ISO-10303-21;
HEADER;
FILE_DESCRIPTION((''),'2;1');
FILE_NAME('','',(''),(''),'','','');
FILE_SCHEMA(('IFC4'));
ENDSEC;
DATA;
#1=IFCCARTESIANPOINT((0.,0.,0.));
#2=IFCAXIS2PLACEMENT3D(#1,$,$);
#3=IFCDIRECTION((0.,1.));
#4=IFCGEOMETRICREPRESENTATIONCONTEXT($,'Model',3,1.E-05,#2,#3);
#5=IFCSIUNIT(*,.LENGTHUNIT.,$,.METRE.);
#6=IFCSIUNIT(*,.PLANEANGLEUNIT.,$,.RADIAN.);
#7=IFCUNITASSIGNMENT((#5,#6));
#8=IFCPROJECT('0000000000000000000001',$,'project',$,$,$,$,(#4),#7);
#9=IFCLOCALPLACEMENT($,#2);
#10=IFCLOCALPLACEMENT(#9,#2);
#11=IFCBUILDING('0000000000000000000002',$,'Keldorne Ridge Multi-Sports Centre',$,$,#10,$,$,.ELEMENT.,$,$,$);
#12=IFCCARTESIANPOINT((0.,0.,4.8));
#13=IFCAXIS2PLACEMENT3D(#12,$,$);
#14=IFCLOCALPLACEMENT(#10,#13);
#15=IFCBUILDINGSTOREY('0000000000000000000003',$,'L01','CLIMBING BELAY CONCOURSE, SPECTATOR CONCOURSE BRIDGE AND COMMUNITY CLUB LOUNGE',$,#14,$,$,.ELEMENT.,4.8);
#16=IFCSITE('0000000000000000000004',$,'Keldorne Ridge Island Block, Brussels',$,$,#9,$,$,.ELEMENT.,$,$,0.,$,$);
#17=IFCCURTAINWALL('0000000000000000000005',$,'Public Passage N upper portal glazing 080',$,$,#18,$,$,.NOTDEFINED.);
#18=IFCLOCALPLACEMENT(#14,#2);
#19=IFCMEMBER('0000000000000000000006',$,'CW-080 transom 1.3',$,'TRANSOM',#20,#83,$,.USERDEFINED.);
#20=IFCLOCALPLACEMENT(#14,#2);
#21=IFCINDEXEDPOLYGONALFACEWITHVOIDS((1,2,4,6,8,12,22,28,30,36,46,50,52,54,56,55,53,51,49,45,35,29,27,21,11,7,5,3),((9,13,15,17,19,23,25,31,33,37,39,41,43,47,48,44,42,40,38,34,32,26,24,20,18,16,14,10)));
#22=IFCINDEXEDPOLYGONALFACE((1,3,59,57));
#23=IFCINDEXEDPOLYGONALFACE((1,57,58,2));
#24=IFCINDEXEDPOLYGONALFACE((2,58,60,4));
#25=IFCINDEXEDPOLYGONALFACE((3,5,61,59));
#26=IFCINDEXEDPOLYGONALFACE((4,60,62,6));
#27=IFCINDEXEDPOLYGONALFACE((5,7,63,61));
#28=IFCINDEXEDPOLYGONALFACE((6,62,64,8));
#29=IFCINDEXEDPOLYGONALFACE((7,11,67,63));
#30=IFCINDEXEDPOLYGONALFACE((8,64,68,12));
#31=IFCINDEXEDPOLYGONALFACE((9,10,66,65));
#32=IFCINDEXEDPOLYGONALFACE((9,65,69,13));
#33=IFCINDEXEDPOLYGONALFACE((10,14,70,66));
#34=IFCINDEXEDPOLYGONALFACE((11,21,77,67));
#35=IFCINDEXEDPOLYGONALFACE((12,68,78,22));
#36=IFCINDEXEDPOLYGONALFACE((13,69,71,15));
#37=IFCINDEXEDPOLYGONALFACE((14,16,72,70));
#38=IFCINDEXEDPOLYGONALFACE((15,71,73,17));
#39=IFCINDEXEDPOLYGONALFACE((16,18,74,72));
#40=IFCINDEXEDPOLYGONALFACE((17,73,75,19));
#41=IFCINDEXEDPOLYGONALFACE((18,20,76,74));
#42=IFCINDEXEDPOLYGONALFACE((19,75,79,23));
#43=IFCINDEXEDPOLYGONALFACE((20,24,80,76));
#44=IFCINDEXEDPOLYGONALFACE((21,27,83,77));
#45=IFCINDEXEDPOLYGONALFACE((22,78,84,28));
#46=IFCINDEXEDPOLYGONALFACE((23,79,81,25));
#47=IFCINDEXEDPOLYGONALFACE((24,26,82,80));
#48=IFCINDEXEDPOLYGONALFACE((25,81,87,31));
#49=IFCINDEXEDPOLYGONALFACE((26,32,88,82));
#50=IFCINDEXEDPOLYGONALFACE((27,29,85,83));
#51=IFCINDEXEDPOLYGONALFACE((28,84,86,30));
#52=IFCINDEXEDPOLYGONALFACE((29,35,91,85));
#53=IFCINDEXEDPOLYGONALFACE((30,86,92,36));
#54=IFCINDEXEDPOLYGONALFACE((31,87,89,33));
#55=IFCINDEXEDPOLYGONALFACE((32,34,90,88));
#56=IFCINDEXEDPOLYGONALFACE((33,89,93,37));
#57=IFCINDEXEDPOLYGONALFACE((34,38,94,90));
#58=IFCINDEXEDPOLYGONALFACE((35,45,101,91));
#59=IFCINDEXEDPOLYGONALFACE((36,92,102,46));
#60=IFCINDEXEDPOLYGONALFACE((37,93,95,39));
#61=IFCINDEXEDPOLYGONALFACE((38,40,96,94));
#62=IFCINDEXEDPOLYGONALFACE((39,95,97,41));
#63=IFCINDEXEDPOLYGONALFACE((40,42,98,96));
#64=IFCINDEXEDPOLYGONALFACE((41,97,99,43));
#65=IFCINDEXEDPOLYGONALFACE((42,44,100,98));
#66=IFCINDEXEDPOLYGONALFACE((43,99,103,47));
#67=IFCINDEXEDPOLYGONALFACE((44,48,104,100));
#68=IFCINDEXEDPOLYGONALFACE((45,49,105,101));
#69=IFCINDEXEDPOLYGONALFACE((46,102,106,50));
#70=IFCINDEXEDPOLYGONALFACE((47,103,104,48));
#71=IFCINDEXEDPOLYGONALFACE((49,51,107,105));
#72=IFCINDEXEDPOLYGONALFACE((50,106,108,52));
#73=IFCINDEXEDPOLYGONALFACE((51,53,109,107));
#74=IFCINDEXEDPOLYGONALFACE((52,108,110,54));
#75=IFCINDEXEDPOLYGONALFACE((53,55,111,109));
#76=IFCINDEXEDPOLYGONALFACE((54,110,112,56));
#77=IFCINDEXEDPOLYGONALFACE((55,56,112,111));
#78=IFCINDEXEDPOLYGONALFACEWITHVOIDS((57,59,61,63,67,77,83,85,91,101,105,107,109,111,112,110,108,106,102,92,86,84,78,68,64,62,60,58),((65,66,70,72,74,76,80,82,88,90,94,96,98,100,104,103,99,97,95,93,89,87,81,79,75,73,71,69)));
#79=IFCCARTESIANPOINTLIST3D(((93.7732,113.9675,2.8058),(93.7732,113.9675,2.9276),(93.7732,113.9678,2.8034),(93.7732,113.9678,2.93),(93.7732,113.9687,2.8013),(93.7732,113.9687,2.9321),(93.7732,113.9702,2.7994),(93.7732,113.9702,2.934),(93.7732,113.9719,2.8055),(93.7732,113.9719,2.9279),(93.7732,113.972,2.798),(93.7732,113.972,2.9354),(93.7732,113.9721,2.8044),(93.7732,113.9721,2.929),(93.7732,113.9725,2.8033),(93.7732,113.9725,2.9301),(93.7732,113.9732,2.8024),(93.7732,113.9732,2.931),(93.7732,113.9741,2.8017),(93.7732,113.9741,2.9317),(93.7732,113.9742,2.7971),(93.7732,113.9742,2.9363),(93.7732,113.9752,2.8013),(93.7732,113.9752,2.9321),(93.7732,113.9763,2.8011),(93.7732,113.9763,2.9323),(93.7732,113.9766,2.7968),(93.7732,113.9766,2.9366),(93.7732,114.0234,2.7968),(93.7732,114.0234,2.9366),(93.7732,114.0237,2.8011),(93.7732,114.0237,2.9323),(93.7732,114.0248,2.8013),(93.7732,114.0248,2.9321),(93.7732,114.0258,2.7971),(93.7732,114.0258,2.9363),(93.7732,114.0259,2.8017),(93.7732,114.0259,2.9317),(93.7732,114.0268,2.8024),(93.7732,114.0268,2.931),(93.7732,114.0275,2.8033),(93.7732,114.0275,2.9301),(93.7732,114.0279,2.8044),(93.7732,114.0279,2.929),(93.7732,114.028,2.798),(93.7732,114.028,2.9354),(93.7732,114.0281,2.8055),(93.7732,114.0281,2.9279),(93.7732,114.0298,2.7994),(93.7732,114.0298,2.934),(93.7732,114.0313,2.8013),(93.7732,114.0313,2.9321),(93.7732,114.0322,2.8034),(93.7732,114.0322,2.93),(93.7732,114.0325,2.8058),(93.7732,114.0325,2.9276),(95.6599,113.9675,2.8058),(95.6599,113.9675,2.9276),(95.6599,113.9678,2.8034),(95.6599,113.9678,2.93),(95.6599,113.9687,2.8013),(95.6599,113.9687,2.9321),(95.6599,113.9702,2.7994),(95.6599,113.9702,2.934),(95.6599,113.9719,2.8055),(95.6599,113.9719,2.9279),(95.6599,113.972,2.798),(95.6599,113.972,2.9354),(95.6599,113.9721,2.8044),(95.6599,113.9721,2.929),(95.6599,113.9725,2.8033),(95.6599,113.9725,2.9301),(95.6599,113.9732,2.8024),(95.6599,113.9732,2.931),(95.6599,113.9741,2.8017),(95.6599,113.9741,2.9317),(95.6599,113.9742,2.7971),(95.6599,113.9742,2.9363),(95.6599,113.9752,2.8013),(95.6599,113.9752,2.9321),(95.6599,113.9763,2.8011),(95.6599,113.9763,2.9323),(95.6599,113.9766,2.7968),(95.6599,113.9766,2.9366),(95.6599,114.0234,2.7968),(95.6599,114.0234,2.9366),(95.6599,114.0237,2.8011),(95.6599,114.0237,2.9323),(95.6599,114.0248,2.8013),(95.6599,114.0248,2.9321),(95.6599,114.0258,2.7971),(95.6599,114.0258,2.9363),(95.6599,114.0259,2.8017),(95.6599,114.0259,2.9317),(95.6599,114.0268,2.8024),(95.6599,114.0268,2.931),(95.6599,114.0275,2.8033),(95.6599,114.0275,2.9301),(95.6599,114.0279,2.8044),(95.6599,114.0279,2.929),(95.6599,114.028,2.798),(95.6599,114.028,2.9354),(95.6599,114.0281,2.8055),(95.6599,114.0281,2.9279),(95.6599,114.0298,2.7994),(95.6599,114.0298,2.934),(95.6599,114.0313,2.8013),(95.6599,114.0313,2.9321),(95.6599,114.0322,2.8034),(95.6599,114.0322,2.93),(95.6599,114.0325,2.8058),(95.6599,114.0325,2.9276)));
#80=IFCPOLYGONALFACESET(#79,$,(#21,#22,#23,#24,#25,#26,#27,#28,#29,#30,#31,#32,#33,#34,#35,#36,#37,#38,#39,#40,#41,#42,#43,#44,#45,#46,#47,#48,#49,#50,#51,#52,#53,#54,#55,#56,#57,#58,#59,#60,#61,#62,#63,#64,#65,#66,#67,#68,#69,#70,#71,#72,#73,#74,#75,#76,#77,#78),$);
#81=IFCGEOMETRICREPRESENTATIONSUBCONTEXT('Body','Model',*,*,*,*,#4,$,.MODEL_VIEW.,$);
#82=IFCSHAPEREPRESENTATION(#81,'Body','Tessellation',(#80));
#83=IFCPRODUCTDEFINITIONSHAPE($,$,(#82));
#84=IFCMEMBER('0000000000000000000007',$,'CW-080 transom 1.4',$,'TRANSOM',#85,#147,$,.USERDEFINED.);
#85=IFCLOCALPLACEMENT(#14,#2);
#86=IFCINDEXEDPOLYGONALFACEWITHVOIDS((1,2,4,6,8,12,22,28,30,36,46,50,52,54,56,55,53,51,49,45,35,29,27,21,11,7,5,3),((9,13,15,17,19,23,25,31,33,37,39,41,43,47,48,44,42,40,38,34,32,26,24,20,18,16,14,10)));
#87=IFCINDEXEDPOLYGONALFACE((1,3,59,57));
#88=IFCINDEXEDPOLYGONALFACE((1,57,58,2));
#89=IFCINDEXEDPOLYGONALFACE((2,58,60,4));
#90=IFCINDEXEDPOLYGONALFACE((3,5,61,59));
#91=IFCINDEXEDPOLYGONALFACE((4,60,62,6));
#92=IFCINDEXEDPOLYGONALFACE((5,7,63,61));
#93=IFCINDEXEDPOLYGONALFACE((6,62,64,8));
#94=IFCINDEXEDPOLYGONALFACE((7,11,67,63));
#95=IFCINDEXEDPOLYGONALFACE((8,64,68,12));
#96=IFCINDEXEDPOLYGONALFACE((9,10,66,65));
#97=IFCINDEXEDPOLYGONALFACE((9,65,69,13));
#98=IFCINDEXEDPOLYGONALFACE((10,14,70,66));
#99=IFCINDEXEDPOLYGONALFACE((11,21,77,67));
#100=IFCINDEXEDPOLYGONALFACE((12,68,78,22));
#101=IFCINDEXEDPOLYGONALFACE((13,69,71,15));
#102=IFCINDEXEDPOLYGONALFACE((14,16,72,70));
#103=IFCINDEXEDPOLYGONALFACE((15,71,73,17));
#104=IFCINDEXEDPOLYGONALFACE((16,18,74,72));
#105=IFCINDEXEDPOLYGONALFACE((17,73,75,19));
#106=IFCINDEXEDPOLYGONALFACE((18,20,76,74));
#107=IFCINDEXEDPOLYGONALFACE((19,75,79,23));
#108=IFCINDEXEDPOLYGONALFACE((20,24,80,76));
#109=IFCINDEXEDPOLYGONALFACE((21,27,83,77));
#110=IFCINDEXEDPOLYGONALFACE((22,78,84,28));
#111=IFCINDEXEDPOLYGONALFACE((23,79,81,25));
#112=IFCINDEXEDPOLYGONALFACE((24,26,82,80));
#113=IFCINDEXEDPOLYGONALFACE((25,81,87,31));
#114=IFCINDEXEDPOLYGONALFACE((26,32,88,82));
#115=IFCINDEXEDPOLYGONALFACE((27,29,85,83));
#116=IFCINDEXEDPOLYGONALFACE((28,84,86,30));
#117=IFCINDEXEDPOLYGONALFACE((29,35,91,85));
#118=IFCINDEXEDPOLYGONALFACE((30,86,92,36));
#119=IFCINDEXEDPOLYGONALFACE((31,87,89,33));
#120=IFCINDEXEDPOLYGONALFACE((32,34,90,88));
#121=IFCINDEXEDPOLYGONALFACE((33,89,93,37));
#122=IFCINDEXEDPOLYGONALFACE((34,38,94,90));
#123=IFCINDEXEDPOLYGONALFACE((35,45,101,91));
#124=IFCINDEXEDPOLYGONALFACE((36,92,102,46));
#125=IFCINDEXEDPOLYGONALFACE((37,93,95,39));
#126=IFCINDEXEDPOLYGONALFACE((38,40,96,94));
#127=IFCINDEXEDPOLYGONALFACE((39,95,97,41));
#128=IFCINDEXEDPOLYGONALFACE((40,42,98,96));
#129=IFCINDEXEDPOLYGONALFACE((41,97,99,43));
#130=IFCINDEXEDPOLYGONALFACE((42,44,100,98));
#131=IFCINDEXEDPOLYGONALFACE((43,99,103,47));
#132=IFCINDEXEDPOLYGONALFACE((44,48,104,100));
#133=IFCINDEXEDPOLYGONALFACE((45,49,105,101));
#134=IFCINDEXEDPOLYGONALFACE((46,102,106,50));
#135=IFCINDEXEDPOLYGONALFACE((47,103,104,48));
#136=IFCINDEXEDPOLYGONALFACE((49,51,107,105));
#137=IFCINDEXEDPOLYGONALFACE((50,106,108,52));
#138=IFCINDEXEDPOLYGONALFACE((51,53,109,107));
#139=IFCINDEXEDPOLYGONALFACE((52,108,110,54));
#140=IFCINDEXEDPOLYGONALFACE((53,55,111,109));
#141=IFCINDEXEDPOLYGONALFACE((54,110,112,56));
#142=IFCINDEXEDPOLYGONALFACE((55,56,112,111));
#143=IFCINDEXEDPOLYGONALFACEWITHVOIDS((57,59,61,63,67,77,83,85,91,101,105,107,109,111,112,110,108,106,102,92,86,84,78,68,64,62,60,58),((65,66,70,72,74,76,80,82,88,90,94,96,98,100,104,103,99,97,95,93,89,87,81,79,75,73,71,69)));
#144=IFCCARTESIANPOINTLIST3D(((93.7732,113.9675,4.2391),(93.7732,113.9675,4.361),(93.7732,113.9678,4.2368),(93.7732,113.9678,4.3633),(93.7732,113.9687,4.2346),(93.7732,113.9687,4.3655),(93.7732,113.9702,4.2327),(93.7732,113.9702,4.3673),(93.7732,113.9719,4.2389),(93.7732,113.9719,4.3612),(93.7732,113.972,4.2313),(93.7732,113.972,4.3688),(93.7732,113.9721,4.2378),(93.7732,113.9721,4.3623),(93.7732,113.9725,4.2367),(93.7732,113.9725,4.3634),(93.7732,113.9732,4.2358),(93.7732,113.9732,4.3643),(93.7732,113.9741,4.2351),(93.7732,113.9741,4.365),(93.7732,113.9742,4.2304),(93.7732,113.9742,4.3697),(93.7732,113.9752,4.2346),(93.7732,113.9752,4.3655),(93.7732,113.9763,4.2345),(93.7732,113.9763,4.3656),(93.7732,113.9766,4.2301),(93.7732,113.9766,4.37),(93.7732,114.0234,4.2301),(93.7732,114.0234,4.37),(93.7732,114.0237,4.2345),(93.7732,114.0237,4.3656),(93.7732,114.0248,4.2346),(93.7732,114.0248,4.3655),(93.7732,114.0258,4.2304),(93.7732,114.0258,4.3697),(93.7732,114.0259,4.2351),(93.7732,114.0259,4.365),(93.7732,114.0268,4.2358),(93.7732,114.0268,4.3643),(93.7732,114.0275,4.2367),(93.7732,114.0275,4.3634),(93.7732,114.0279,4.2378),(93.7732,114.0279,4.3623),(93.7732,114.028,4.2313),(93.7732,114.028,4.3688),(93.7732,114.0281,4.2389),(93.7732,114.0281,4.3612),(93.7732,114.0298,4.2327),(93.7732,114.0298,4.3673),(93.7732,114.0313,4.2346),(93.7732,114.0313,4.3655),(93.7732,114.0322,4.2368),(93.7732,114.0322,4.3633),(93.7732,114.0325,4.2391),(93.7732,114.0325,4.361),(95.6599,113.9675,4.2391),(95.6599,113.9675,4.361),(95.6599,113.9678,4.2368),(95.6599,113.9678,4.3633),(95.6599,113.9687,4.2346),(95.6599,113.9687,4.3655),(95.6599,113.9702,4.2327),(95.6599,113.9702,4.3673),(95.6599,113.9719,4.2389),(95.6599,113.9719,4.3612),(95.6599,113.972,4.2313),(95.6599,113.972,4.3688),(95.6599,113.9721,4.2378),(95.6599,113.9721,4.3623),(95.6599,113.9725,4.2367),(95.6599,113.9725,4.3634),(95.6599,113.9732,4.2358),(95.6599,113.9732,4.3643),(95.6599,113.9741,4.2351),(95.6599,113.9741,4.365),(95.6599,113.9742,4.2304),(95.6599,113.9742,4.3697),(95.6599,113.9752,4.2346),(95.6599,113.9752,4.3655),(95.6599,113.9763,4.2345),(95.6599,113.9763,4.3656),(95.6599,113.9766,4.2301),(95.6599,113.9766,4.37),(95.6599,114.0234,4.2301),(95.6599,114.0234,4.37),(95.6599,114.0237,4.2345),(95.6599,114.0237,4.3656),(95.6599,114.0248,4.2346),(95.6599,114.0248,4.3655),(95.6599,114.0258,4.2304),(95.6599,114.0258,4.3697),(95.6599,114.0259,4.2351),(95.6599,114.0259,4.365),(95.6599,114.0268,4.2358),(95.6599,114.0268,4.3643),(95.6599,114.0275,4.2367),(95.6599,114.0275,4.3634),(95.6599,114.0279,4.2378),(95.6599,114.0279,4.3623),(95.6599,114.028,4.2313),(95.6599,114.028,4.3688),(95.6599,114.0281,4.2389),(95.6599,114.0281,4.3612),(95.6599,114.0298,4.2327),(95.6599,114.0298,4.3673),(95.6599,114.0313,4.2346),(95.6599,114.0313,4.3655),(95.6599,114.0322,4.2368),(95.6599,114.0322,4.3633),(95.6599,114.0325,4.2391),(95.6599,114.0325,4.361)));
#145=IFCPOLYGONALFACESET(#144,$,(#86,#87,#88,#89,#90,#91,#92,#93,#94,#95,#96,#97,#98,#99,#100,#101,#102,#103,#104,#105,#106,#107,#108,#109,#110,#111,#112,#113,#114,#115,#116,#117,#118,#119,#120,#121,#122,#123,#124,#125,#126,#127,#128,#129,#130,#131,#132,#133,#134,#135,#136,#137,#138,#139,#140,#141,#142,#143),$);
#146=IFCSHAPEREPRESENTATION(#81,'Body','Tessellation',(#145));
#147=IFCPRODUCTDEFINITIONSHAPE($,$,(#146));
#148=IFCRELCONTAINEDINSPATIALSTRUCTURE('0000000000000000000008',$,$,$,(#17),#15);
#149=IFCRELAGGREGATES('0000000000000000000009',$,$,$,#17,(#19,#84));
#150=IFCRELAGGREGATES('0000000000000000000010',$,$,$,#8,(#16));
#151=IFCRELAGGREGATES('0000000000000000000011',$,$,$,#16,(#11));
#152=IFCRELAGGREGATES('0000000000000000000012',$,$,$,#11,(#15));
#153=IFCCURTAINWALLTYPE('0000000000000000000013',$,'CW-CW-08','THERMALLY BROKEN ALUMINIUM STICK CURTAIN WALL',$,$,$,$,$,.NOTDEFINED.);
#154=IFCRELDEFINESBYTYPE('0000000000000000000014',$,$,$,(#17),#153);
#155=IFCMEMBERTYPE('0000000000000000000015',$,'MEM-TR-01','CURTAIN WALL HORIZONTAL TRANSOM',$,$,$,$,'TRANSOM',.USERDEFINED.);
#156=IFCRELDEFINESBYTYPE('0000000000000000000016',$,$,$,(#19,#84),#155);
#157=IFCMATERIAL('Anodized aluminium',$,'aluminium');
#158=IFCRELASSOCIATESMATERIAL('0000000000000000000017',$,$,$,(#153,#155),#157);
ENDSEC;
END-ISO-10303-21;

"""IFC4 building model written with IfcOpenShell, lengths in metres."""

from ifc_helpers import new_model, si_unit, direction, frame, origin, origin_2d, place, context, subcontext, project, spatial, hollow_rectangle, extrude, material, material_profile, profile_set, type_object, element, aggregate, save


model = new_model("IFC4")

# Units and contexts
model_context = context("Model", 3, precision=1e-05, world=origin(), true_north=direction((0.0, 1.0)))
body_context = subcontext(model_context, "Body", "Model", "MODEL_VIEW")
ifc_project = project(units=[si_unit("LENGTHUNIT", "METRE"), si_unit("PLANEANGLEUNIT", "RADIAN")], contexts=[model_context])

# Site, building, storey
site_placement = place(None, origin())
site = spatial("IfcSite", under=ifc_project, at=site_placement, Name="Keldorne Ridge Island Block, Brussels", CompositionType="ELEMENT", RefElevation=0.0)
building_placement = place(site_placement, origin())
building = spatial("IfcBuilding", under=site, at=building_placement, Name="Keldorne Ridge Multi-Sports Centre", CompositionType="ELEMENT")
storey_placement = place(building_placement, frame((0.0, 0.0, 4.8)))
storey = spatial("IfcBuildingStorey", under=building, at=storey_placement, Name="L01", Description="CLIMBING BELAY CONCOURSE, SPECTATOR CONCOURSE BRIDGE AND COMMUNITY CLUB LOUNGE", CompositionType="ELEMENT", Elevation=4.8)

# Shared definitions
ifc_material_1 = material(Name="Anodized aluminium", Category="aluminium")

# Curtain wall, members
curtain_wall_type_1 = type_object("IfcCurtainWallType", Name="CW-CW-08", Description="THERMALLY BROKEN ALUMINIUM STICK CURTAIN WALL", PredefinedType="NOTDEFINED", material=ifc_material_1)
curtain_wall_1_placement = place(storey_placement, origin())
curtain_wall_1 = element("IfcCurtainWall", 1, at=curtain_wall_1_placement, inside=storey, type_object=curtain_wall_type_1, Name="Public Passage N upper portal glazing 080", PredefinedType="NOTDEFINED")
ifc_material_profile_1 = material_profile(ifc_material_1, hollow_rectangle(XDim=0.0649, YDim=0.1399, WallThickness=0.0044, InnerFilletRadius=0.0044, OuterFilletRadius=0.009, at=origin_2d()), Name="ALU TRANSOM 140x65x4.5")
ifc_profile_set_1 = profile_set([ifc_material_profile_1], Name="Anodized aluminium")
member_type_1 = type_object("IfcMemberType", Name="MEM-TR-01", Description="CURTAIN WALL HORIZONTAL TRANSOM", ElementType="TRANSOM", PredefinedType="USERDEFINED", material=ifc_profile_set_1)
member_1_placement = place(storey_placement, frame((95.6599, 114.0, 2.8667), z_axis=(-1.0, 0.0, 0.0), x_axis=(0.0, -1.0, 0.0)))
member_1 = element("IfcMember", 2, at=member_1_placement, type_object=member_type_1, Name="CW-080 transom 1.3", ObjectType="TRANSOM", PredefinedType="USERDEFINED", context=body_context, shape_type="SweptSolid", body=[
    extrude(hollow_rectangle(XDim=0.0649, YDim=0.1399, WallThickness=0.0044, InnerFilletRadius=0.0044, OuterFilletRadius=0.009, at=origin_2d()), origin(), (0.0, 0.0, 1.0), 1.8867),
])
member_2_placement = place(storey_placement, frame((95.6599, 114.0, 4.3), z_axis=(-1.0, 0.0, 0.0), x_axis=(0.0, -1.0, 0.0)))
member_2 = element("IfcMember", 3, at=member_2_placement, type_object=member_type_1, Name="CW-080 transom 1.4", ObjectType="TRANSOM", PredefinedType="USERDEFINED", context=body_context, shape_type="SweptSolid", body=[
    extrude(hollow_rectangle(XDim=0.0649, YDim=0.1399, WallThickness=0.0044, InnerFilletRadius=0.0044, OuterFilletRadius=0.009, at=origin_2d()), origin(), (0.0, 0.0, 1.0), 1.8867),
])

aggregate(curtain_wall_1, [member_1, member_2])

save(model, "model.ifc")
